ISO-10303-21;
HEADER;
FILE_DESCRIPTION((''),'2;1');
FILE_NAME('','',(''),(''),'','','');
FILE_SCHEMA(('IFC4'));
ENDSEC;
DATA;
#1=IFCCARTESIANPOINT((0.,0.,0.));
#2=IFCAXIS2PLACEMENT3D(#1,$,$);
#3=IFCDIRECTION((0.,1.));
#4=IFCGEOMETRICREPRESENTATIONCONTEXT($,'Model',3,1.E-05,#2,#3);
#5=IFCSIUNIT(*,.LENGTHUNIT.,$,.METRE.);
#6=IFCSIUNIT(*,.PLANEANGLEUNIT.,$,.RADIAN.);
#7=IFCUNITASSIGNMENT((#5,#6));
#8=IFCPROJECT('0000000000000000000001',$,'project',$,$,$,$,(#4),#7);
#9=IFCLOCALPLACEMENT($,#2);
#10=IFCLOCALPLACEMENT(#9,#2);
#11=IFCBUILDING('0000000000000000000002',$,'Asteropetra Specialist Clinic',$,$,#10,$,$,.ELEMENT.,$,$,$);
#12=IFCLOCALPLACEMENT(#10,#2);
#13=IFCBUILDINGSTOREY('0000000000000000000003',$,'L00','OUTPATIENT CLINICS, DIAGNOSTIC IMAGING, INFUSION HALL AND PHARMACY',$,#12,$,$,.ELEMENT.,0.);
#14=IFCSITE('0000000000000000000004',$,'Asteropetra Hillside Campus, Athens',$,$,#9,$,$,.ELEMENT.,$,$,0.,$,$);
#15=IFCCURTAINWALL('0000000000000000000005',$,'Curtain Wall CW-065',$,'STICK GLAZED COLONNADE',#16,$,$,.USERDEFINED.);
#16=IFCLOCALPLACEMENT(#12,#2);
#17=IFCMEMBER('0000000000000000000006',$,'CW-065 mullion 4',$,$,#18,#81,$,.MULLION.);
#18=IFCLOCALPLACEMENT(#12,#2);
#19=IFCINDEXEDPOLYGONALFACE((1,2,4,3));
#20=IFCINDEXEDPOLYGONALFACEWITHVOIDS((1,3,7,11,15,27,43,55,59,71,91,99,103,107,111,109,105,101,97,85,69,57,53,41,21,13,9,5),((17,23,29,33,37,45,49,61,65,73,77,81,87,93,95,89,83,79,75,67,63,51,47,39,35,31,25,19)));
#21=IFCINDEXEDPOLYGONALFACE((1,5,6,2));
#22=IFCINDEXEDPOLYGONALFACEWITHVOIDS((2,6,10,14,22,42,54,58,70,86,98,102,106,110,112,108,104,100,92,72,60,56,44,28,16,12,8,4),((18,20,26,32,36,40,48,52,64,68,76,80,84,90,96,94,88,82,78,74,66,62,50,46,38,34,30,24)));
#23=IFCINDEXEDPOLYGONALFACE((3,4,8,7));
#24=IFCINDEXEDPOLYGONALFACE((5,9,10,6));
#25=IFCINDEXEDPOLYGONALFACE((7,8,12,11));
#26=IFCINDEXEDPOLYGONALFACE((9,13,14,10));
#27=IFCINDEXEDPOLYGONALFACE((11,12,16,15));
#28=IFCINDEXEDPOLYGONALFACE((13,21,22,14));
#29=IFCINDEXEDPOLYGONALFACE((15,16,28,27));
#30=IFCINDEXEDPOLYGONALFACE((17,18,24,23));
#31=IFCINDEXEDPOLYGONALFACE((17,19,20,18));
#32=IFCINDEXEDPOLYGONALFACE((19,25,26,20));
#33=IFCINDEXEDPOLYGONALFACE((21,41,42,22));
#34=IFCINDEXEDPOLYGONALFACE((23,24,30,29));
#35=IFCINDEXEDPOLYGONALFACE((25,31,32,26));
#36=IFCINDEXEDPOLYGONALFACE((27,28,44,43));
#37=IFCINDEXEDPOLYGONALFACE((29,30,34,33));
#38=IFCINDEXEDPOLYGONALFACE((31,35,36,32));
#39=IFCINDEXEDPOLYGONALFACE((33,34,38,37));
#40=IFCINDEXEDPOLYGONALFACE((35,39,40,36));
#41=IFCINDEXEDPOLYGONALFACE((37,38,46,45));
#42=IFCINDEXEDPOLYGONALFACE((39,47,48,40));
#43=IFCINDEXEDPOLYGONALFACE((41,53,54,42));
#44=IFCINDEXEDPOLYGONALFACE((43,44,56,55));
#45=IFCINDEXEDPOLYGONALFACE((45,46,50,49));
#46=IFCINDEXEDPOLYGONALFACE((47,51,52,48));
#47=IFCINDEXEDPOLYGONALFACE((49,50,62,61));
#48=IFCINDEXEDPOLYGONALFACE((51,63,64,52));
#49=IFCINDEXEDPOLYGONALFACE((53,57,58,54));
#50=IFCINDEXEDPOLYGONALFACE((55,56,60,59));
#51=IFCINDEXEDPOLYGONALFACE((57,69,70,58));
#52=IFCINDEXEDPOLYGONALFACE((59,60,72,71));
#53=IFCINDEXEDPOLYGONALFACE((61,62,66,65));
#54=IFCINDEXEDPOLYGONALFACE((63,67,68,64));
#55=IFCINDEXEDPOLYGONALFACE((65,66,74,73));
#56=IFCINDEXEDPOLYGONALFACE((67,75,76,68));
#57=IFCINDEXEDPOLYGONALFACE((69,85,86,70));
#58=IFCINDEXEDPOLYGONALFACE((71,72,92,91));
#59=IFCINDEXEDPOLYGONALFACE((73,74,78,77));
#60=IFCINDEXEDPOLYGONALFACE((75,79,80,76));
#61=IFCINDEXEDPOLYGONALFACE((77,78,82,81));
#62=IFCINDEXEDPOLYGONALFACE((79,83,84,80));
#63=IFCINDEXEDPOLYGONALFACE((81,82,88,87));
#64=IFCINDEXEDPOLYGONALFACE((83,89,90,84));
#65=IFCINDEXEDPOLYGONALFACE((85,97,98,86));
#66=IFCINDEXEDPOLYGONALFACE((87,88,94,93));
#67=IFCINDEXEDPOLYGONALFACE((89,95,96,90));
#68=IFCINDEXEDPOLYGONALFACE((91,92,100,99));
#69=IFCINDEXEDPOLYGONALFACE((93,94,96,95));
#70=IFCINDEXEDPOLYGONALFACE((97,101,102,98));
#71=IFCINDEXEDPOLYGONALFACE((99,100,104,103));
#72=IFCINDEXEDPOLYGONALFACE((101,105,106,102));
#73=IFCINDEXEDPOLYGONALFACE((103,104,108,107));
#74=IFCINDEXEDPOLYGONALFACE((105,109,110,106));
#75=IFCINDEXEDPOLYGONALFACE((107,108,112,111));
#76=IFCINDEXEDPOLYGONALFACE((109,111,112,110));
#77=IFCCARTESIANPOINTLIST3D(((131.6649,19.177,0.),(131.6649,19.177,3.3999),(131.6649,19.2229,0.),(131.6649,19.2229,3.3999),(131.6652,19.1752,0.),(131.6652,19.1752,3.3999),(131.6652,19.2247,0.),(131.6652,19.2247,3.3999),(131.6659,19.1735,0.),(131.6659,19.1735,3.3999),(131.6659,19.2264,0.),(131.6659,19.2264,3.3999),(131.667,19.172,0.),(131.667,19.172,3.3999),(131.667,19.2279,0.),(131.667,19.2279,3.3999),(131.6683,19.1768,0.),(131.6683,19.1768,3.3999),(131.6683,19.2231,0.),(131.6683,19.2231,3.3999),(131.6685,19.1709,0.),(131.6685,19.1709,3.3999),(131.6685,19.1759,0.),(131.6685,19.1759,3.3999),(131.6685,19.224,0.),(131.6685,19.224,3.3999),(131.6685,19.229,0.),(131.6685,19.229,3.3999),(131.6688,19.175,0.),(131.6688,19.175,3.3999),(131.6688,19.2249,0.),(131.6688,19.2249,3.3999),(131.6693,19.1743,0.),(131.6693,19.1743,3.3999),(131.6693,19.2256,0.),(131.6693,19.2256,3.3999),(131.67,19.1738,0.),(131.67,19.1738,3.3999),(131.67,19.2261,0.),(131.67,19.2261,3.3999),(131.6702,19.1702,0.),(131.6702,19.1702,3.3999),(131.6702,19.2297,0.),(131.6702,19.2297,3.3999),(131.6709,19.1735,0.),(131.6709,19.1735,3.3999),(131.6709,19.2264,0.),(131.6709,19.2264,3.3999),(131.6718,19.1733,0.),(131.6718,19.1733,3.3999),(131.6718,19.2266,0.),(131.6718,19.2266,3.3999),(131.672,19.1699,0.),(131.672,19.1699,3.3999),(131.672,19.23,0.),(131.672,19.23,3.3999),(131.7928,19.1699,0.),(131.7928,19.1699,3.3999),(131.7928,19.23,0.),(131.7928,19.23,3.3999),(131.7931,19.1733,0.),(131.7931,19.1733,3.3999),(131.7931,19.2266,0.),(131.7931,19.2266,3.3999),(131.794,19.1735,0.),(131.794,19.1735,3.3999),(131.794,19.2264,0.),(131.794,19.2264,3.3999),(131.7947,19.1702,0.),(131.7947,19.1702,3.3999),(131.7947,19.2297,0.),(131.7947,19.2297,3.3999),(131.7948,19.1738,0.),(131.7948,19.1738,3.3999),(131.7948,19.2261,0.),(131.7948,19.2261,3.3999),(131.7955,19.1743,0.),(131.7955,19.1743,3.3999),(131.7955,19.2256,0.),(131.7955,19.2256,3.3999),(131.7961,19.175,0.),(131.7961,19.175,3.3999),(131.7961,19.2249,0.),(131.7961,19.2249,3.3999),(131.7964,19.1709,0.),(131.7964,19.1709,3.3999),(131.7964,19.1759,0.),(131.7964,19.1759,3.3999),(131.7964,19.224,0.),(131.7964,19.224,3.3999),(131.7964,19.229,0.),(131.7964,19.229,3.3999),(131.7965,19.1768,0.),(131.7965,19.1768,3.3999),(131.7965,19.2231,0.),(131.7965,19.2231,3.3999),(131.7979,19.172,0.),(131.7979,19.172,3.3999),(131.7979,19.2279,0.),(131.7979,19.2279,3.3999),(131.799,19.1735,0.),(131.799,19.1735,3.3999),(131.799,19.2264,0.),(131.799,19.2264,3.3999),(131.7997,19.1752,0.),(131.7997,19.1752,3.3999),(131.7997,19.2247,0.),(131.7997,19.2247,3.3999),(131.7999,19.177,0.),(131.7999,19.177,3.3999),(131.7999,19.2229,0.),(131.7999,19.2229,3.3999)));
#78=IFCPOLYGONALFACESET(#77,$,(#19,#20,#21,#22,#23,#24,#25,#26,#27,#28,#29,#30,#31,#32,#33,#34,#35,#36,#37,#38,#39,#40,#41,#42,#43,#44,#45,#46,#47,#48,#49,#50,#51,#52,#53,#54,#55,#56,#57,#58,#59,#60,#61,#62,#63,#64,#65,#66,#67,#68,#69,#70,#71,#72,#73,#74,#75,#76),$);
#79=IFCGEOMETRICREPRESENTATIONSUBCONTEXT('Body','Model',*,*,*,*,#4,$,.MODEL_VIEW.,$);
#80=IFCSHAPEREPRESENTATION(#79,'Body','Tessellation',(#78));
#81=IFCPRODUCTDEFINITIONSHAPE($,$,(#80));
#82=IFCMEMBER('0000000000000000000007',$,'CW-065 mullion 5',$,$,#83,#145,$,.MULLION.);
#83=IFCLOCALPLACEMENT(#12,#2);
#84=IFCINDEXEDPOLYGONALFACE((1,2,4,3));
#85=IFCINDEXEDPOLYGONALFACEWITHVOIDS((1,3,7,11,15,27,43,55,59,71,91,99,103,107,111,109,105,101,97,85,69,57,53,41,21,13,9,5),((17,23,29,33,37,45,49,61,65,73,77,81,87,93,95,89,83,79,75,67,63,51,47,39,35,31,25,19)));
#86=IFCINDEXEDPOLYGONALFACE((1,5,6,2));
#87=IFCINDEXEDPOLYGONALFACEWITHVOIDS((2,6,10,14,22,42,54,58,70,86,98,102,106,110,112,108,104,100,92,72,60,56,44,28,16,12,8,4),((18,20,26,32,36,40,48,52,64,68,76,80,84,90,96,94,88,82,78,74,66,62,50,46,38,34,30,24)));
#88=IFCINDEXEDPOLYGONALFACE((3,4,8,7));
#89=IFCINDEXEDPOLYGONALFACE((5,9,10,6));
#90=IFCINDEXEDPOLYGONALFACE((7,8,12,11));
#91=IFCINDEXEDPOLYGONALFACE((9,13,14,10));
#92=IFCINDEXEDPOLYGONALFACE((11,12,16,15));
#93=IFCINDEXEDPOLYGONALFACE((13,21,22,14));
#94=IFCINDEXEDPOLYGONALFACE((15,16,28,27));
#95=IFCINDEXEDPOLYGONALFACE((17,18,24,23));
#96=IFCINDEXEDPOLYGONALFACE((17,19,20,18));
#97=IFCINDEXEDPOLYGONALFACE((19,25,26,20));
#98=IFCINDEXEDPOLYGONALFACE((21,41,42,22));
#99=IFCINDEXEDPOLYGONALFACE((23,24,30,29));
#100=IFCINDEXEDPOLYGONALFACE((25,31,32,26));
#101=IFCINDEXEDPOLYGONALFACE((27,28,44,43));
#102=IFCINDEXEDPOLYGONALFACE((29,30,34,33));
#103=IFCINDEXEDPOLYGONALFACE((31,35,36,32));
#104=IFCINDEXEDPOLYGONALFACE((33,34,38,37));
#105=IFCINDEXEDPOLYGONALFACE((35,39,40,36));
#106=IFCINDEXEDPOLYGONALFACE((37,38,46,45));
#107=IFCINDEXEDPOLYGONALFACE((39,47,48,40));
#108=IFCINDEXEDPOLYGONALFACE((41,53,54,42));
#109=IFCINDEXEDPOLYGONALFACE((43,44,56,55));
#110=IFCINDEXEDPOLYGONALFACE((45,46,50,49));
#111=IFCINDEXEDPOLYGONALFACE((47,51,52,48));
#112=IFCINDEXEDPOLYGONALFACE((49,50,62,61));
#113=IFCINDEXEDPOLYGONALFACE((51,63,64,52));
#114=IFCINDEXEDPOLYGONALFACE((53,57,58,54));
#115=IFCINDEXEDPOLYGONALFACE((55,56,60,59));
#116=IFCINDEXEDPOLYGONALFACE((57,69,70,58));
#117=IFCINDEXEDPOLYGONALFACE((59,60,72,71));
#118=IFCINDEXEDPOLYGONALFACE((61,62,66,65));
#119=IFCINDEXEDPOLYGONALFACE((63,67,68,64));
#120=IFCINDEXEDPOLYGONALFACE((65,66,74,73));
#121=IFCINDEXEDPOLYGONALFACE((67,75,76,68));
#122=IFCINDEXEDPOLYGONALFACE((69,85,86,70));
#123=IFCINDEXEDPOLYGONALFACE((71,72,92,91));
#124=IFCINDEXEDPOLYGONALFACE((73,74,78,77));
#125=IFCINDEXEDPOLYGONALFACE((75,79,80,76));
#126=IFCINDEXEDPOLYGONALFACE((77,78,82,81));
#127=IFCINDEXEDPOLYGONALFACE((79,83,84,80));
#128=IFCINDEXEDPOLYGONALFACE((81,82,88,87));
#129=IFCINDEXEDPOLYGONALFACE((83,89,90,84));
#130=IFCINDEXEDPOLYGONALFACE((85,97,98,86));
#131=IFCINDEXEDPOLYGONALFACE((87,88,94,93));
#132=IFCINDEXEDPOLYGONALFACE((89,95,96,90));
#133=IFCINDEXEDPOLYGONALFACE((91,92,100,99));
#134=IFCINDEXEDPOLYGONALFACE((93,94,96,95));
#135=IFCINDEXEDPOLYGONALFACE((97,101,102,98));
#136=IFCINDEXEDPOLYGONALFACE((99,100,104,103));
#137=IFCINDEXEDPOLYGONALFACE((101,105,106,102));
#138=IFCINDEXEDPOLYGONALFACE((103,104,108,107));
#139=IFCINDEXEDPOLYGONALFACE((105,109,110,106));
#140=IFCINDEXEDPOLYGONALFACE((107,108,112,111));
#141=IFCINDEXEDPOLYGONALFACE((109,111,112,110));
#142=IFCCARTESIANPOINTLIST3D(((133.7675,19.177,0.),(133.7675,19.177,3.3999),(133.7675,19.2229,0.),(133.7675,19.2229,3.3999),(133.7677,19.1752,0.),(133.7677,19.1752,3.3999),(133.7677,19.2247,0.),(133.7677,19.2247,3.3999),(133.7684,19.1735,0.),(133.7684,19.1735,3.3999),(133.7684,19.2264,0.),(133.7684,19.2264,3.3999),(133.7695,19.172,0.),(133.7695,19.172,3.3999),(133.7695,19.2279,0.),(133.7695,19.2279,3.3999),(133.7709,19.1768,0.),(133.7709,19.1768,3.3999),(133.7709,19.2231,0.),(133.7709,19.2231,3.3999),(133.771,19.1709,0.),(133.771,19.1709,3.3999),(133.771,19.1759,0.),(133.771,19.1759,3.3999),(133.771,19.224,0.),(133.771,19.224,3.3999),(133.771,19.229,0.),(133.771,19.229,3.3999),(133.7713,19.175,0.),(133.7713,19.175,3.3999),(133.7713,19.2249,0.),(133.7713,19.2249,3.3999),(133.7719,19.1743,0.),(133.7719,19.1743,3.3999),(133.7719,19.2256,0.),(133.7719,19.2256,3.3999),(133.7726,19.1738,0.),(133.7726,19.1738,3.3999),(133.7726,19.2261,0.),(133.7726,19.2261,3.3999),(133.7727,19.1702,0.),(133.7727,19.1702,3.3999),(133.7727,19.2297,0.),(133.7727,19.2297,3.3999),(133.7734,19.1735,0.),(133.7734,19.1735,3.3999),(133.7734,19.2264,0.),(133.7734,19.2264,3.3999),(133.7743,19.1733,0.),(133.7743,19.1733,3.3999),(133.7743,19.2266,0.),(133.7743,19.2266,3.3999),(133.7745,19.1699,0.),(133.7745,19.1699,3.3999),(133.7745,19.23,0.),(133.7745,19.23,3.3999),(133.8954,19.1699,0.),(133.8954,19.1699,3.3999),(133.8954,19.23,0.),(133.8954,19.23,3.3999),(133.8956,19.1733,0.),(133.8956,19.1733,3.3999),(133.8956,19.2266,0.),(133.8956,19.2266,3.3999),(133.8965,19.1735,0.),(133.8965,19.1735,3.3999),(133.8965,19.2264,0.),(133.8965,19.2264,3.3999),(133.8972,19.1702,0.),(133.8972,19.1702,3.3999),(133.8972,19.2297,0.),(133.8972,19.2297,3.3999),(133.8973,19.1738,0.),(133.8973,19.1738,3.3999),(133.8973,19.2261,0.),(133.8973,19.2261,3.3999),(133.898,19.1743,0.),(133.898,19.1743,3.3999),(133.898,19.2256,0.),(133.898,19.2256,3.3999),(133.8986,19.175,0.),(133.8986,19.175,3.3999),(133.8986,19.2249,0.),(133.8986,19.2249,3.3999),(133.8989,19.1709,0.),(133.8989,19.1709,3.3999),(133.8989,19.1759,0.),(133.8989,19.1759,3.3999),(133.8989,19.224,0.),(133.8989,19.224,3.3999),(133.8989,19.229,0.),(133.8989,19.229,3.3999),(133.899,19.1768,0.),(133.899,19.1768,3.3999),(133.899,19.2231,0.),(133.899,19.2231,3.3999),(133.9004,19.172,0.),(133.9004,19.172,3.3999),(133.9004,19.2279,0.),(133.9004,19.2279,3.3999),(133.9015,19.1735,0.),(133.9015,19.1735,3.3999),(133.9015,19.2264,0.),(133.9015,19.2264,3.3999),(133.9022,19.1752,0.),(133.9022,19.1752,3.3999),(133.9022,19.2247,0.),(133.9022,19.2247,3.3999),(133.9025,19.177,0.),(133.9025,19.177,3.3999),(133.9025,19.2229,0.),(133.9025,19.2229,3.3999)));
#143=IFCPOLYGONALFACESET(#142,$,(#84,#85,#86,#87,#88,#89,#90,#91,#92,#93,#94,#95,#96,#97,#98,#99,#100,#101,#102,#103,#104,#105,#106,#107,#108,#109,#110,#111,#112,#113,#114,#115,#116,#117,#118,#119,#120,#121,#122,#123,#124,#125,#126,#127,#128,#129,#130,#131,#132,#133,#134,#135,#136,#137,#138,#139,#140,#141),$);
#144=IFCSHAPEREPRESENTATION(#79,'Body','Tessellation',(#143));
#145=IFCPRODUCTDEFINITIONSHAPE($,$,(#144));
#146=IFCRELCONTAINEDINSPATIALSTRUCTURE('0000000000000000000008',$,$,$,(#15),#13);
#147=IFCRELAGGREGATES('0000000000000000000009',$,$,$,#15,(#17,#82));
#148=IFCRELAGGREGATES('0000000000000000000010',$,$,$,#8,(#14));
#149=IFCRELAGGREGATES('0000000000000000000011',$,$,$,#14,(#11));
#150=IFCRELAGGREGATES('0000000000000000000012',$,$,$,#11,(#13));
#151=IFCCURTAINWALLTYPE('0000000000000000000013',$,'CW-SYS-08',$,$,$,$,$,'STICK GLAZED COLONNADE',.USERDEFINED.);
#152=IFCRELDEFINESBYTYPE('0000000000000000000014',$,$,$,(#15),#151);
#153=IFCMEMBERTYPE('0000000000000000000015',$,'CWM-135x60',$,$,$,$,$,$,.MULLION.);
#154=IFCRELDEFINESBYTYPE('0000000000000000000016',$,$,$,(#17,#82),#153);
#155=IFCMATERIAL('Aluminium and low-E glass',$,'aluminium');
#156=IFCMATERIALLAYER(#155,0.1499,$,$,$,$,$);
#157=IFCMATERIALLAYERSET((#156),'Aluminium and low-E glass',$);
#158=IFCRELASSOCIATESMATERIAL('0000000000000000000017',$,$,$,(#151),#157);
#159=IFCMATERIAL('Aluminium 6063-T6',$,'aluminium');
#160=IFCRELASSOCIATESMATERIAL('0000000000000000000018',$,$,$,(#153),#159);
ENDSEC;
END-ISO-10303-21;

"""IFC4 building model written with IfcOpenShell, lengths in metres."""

from ifc_helpers import new_model, si_unit, direction, frame, origin, origin_2d, place, context, subcontext, project, spatial, hollow_rectangle, extrude, material, layer, layer_set, material_profile, profile_set, type_object, element, aggregate, save


model = new_model("IFC4")

# Units and contexts
model_context = context("Model", 3, precision=1e-05, world=origin(), true_north=direction((0.0, 1.0)))
body_context = subcontext(model_context, "Body", "Model", "MODEL_VIEW")
ifc_project = project(units=[si_unit("LENGTHUNIT", "METRE"), si_unit("PLANEANGLEUNIT", "RADIAN")], contexts=[model_context])

# Site, building, storey
site_placement = place(None, origin())
site = spatial("IfcSite", under=ifc_project, at=site_placement, Name="Asteropetra Hillside Campus, Athens", CompositionType="ELEMENT", RefElevation=0.0)
building_placement = place(site_placement, origin())
building = spatial("IfcBuilding", under=site, at=building_placement, Name="Asteropetra Specialist Clinic", CompositionType="ELEMENT")
storey_placement = place(building_placement, origin())
storey = spatial("IfcBuildingStorey", under=building, at=storey_placement, Name="L00", Description="OUTPATIENT CLINICS, DIAGNOSTIC IMAGING, INFUSION HALL AND PHARMACY", CompositionType="ELEMENT", Elevation=0.0)

# Curtain wall, members
ifc_material_1 = material(Name="Aluminium and low-E glass", Category="aluminium")
ifc_layer_1 = layer(ifc_material_1, 0.1499)
ifc_layer_set_1 = layer_set([ifc_layer_1], Name="Aluminium and low-E glass")
curtain_wall_type_1 = type_object("IfcCurtainWallType", Name="CW-SYS-08", ElementType="STICK GLAZED COLONNADE", PredefinedType="USERDEFINED", material=ifc_layer_set_1)
curtain_wall_1_placement = place(storey_placement, origin())
curtain_wall_1 = element("IfcCurtainWall", 1, at=curtain_wall_1_placement, inside=storey, type_object=curtain_wall_type_1, Name="Curtain Wall CW-065", ObjectType="STICK GLAZED COLONNADE", PredefinedType="USERDEFINED")
ifc_material_2 = material(Name="Aluminium 6063-T6", Category="aluminium")
ifc_material_profile_1 = material_profile(ifc_material_2, hollow_rectangle(XDim=0.0601, YDim=0.135, WallThickness=0.0034, InnerFilletRadius=0.0034, OuterFilletRadius=0.0071, at=origin_2d()), Name="MUL 135x60x3.5")
ifc_profile_set_1 = profile_set([ifc_material_profile_1], Name="Aluminium 6063-T6")
member_type_1 = type_object("IfcMemberType", Name="CWM-135x60", PredefinedType="MULLION", material=ifc_profile_set_1)
member_1_placement = place(storey_placement, frame((131.7324, 19.2, 0.0), z_axis=(0.0, 0.0, 1.0), x_axis=(0.0, 1.0, 0.0)))
member_1 = element("IfcMember", 2, at=member_1_placement, type_object=member_type_1, Name="CW-065 mullion 4", PredefinedType="MULLION", context=body_context, shape_type="SweptSolid", body=[
    extrude(hollow_rectangle(XDim=0.0601, YDim=0.135, WallThickness=0.0034, InnerFilletRadius=0.0034, OuterFilletRadius=0.0071, at=origin_2d()), origin(), (0.0, 0.0, 1.0), 3.3999),
])
member_2_placement = place(storey_placement, frame((133.835, 19.2, 0.0), z_axis=(0.0, 0.0, 1.0), x_axis=(0.0, 1.0, 0.0)))
member_2 = element("IfcMember", 3, at=member_2_placement, type_object=member_type_1, Name="CW-065 mullion 5", PredefinedType="MULLION", context=body_context, shape_type="SweptSolid", body=[
    extrude(hollow_rectangle(XDim=0.0601, YDim=0.135, WallThickness=0.0034, InnerFilletRadius=0.0034, OuterFilletRadius=0.0071, at=origin_2d()), origin(), (0.0, 0.0, 1.0), 3.3999),
])

aggregate(curtain_wall_1, [member_1, member_2])

save(model, "model.ifc")
